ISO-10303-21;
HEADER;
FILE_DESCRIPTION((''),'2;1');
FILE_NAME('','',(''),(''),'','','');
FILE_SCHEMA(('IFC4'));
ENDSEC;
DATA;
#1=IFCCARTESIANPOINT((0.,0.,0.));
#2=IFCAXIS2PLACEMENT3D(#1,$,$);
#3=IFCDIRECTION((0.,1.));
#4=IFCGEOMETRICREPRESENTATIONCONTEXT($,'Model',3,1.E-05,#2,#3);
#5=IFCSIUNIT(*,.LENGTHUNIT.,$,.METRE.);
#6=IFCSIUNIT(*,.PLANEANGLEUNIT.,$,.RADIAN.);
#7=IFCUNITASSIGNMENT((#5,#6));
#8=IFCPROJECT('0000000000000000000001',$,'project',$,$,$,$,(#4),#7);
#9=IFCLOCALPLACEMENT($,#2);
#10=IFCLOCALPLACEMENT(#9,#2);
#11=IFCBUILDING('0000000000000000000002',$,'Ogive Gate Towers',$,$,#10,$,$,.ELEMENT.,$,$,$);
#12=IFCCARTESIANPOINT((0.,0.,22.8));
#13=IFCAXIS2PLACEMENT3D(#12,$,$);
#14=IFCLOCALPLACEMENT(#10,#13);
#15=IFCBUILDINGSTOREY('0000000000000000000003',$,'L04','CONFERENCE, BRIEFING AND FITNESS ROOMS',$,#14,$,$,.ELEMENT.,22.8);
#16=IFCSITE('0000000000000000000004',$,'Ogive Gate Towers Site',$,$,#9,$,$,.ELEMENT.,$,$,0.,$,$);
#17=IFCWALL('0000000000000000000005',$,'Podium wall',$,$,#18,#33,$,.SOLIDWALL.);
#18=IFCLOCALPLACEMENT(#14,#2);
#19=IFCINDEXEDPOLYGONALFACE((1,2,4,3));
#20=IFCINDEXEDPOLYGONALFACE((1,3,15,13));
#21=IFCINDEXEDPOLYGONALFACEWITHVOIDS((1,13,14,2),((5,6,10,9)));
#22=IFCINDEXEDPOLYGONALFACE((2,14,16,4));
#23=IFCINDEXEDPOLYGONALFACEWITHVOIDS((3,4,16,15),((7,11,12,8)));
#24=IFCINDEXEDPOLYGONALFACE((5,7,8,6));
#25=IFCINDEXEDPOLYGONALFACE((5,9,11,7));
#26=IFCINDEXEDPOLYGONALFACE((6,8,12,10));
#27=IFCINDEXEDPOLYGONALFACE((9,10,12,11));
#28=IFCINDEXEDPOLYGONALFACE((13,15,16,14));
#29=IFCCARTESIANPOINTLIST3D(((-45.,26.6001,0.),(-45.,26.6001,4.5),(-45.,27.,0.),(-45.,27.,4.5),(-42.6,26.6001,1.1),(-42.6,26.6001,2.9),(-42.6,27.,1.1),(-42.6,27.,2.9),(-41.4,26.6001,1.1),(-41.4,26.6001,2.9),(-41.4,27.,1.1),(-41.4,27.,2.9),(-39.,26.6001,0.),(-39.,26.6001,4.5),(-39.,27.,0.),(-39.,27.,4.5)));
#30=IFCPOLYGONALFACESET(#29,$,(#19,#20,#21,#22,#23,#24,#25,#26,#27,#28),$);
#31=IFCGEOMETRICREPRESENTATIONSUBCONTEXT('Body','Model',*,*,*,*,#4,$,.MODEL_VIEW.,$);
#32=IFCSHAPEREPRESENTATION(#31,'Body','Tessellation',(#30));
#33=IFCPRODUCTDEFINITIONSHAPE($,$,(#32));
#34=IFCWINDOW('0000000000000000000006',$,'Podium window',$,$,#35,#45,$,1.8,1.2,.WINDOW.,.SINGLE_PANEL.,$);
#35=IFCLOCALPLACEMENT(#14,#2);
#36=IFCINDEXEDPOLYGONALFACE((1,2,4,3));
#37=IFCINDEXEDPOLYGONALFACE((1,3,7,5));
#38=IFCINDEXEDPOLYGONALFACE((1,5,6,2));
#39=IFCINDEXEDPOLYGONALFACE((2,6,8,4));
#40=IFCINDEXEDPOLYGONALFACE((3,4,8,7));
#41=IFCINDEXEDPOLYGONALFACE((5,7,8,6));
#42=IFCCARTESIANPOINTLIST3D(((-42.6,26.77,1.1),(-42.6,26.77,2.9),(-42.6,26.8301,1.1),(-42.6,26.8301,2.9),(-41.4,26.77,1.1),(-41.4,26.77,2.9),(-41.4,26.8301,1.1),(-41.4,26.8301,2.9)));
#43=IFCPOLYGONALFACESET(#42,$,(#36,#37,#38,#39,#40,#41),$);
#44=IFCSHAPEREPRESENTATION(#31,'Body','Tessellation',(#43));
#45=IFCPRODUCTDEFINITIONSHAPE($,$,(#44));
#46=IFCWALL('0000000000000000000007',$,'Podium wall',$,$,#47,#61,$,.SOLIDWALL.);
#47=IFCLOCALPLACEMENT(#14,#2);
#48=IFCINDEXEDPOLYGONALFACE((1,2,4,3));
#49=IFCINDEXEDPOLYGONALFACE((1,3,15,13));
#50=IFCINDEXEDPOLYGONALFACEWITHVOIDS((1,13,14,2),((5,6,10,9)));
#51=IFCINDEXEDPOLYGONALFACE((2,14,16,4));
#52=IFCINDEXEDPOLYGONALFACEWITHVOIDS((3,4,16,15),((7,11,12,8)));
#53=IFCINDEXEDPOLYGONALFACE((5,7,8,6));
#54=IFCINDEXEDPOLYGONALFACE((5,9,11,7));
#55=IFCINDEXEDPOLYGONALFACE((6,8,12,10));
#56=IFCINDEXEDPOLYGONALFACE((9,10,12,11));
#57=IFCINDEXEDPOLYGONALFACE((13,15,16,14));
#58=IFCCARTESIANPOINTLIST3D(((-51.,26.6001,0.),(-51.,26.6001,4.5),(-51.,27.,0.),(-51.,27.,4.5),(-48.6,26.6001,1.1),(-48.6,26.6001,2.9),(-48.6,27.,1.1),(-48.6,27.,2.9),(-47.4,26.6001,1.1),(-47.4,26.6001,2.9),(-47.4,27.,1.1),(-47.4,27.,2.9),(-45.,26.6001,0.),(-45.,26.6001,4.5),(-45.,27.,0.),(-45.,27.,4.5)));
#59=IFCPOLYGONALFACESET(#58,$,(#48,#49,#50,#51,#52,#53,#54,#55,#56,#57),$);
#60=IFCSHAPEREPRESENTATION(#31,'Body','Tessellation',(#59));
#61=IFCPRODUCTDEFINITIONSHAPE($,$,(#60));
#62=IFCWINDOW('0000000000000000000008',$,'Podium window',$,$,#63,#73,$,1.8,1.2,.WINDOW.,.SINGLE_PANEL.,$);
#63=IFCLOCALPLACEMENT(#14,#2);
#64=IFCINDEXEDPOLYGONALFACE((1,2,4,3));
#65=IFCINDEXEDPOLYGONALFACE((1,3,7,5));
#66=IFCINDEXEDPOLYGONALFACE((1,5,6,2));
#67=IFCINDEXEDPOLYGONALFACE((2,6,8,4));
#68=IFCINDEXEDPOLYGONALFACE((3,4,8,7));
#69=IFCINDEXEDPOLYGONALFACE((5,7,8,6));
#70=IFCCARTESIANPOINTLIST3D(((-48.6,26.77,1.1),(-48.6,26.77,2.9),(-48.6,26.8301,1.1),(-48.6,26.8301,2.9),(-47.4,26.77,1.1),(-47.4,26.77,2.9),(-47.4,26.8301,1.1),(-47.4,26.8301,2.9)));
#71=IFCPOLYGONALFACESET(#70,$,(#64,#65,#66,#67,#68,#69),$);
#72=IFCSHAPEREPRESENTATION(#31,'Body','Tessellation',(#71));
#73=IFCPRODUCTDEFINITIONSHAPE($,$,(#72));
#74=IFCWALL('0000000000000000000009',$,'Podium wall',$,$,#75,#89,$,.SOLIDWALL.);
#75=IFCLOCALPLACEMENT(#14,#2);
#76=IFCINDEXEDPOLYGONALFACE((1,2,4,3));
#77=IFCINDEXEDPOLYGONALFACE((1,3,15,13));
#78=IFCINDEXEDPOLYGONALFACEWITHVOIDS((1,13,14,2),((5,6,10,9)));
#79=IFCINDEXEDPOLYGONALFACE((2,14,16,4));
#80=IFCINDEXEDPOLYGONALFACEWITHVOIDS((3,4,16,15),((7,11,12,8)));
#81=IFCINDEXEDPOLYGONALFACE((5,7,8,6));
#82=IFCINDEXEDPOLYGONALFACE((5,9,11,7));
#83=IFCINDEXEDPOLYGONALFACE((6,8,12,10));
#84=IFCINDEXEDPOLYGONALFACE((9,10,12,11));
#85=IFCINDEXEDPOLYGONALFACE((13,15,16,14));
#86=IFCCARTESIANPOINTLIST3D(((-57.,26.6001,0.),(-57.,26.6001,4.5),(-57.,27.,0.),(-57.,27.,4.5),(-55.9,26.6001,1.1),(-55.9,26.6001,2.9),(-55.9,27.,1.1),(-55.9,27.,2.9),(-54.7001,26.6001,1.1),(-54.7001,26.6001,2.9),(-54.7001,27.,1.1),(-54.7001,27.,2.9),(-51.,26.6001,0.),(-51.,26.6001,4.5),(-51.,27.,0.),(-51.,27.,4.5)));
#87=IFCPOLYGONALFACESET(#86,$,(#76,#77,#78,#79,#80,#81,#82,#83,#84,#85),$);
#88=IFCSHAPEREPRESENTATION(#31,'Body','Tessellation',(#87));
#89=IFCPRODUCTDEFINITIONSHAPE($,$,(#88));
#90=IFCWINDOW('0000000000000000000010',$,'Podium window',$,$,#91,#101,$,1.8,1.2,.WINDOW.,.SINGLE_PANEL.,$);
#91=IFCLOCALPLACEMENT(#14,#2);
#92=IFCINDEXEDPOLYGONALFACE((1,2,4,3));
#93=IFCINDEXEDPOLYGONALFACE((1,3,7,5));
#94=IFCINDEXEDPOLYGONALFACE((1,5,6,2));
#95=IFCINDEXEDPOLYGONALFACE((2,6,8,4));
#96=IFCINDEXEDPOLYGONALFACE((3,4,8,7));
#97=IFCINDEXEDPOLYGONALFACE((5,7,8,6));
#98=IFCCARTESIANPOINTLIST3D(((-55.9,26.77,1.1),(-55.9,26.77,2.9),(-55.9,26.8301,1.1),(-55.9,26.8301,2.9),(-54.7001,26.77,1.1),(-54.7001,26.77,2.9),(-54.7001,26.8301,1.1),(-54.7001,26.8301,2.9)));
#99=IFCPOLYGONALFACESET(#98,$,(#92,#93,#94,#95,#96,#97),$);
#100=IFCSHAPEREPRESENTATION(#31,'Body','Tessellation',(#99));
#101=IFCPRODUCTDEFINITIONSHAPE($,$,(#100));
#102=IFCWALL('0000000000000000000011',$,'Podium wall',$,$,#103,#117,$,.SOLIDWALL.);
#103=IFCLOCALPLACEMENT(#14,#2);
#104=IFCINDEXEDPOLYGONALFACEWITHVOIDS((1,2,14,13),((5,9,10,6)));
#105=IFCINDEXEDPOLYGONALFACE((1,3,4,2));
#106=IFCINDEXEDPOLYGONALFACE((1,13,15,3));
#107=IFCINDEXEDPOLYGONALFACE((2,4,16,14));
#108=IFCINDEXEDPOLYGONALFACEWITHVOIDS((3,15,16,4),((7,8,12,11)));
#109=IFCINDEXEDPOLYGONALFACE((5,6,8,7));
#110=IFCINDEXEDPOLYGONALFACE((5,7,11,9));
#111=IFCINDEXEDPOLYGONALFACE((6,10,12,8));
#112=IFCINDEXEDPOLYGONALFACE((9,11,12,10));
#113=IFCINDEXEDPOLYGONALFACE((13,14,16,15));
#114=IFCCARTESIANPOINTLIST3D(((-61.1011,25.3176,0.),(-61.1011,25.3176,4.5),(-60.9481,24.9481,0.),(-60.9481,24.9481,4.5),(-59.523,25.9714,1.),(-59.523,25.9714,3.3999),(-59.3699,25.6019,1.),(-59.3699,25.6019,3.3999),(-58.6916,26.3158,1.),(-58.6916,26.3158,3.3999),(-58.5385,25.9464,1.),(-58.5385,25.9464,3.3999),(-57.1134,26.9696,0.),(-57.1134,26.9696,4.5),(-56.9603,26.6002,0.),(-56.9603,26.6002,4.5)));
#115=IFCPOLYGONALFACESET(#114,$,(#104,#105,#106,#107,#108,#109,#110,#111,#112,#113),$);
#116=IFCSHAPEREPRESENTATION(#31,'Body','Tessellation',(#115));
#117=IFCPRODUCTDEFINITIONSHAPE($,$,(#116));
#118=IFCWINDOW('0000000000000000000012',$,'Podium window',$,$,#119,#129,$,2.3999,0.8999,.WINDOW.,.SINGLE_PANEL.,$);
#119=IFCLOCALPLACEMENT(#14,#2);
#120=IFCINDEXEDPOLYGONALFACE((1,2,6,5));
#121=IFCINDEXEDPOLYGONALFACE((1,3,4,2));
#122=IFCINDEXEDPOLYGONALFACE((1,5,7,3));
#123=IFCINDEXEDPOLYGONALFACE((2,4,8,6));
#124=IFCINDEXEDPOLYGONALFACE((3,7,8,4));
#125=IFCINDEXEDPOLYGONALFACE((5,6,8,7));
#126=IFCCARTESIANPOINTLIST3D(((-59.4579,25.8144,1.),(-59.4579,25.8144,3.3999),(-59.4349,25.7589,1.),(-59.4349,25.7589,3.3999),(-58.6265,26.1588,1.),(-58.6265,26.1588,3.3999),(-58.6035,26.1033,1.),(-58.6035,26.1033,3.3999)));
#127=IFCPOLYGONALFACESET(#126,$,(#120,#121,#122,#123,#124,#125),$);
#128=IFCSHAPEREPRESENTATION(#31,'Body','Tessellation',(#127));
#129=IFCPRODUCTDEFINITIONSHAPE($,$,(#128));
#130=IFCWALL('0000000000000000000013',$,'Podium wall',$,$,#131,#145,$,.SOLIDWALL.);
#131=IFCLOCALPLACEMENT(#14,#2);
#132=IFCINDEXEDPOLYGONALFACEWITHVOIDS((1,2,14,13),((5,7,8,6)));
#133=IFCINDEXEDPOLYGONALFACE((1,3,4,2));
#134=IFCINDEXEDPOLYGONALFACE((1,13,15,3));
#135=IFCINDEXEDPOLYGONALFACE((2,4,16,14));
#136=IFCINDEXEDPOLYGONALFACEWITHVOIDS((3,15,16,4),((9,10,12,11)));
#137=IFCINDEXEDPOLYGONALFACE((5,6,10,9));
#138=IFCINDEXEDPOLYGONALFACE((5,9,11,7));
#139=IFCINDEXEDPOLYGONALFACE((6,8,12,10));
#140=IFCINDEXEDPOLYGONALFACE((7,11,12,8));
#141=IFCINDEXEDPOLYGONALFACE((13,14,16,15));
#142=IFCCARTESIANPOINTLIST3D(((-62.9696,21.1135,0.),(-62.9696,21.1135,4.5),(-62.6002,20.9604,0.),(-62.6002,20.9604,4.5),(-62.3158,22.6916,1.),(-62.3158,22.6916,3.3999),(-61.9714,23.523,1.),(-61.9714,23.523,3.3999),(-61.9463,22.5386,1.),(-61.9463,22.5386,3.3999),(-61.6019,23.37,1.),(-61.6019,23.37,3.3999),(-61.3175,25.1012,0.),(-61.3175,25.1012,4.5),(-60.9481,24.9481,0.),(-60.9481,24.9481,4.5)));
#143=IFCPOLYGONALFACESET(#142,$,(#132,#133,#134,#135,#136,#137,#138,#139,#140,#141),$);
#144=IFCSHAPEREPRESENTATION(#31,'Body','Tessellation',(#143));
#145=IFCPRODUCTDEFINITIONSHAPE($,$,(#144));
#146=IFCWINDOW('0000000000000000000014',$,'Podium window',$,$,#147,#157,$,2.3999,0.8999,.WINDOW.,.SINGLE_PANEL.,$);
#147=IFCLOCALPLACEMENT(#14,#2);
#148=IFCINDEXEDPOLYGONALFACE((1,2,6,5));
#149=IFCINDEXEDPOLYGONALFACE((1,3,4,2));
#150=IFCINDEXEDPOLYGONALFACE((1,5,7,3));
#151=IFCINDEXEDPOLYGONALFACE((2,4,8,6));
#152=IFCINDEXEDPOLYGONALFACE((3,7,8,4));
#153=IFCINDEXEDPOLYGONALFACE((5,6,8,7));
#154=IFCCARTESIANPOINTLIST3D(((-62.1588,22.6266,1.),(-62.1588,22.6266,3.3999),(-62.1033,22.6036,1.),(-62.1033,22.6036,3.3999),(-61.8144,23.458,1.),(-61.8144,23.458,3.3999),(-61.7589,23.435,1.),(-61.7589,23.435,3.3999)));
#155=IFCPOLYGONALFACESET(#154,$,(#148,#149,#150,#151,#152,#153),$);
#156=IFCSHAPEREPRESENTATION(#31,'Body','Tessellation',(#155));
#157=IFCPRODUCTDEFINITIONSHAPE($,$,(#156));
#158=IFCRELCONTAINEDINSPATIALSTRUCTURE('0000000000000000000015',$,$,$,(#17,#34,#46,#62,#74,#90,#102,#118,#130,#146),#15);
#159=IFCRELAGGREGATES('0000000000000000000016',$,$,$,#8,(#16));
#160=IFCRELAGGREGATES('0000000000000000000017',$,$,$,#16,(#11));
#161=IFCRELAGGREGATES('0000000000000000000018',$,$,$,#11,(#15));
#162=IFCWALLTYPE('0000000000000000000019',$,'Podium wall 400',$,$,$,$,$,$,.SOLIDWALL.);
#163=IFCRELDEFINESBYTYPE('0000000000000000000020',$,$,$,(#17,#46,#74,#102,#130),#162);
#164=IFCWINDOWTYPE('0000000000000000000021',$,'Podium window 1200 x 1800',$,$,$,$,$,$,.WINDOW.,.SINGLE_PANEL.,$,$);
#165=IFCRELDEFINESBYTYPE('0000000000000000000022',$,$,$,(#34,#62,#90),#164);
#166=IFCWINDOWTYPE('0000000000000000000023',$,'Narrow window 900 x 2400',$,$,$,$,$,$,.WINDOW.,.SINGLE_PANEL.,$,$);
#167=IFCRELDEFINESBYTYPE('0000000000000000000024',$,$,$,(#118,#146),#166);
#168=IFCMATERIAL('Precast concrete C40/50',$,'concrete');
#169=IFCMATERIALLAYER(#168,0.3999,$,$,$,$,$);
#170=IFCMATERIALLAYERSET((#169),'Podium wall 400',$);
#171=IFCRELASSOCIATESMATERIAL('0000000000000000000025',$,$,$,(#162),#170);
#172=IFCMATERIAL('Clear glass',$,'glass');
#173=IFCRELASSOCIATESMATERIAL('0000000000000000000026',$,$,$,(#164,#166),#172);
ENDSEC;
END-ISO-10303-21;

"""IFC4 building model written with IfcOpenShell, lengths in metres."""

from ifc_helpers import new_model, si_unit, direction, frame, frame_2d, origin, place, context, subcontext, project, spatial, rectangle, extrude, material, layer, layer_set, type_object, element, fill, save


model = new_model("IFC4")

# Units and contexts
model_context = context("Model", 3, precision=1e-05, world=origin(), true_north=direction((0.0, 1.0)))
body_context = subcontext(model_context, "Body", "Model", "MODEL_VIEW")
ifc_project = project(units=[si_unit("LENGTHUNIT", "METRE"), si_unit("PLANEANGLEUNIT", "RADIAN")], contexts=[model_context])

# Site, building, storey
site_placement = place(None, origin())
site = spatial("IfcSite", under=ifc_project, at=site_placement, Name="Ogive Gate Towers Site", CompositionType="ELEMENT", RefElevation=0.0)
building_placement = place(site_placement, origin())
building = spatial("IfcBuilding", under=site, at=building_placement, Name="Ogive Gate Towers", CompositionType="ELEMENT")
storey_placement = place(building_placement, frame((0.0, 0.0, 22.8)))
storey = spatial("IfcBuildingStorey", under=building, at=storey_placement, Name="L04", Description="CONFERENCE, BRIEFING AND FITNESS ROOMS", CompositionType="ELEMENT", Elevation=22.8)

# Walls, openings, windows
ifc_material_1 = material(Name="Precast concrete C40/50", Category="concrete")
ifc_layer_1 = layer(ifc_material_1, 0.3999)
ifc_layer_set_1 = layer_set([ifc_layer_1], Name="Podium wall 400")
wall_type_1 = type_object("IfcWallType", Name="Podium wall 400", PredefinedType="SOLIDWALL", material=ifc_layer_set_1)
wall_1_placement = place(storey_placement, frame((-39.0, 26.8, 0.0), z_axis=(0.0, 0.0, 1.0), x_axis=(-1.0, 0.0, 0.0)))
wall_1 = element("IfcWall", 1, at=wall_1_placement, inside=storey, type_object=wall_type_1, Name="Podium wall", PredefinedType="SOLIDWALL", context=body_context, shape_type="SweptSolid", body=[
    extrude(rectangle(XDim=6.0, YDim=0.3999, at=frame_2d((3.0, 0.0))), origin(), (0.0, 0.0, 1.0), 4.5),
])
opening_1_placement = place(wall_1_placement, frame((2.3999, 0.0, 1.1001)))
opening_1 = element("IfcOpeningElement", 2, at=opening_1_placement, cuts=wall_1, PredefinedType="OPENING", context=body_context, shape_type="SweptSolid", body=[
    extrude(rectangle(XDim=1.2, YDim=1.8, at=frame_2d((0.6001, 0.8999))), frame((0.0, 0.21, 0.0), z_axis=(0.0, -1.0, 0.0), x_axis=(1.0, 0.0, 0.0)), (0.0, 0.0, 1.0), 0.4199),
])
ifc_material_2 = material(Name="Clear glass", Category="glass")
window_type_1 = type_object("IfcWindowType", Name="Podium window 1200 x 1800", PartitioningType="SINGLE_PANEL", PredefinedType="WINDOW", material=ifc_material_2)
window_1_placement = place(opening_1_placement, origin())
window_1 = element("IfcWindow", 3, at=window_1_placement, inside=storey, type_object=window_type_1, Name="Podium window", OverallHeight=1.8, OverallWidth=1.2, PartitioningType="SINGLE_PANEL", PredefinedType="WINDOW", context=body_context, shape_type="SweptSolid", body=[
    extrude(rectangle(XDim=1.2, YDim=1.8, at=frame_2d((0.6001, 0.8999))), frame((0.0, 0.03, 0.0), z_axis=(0.0, -1.0, 0.0), x_axis=(1.0, 0.0, 0.0)), (0.0, 0.0, 1.0), 0.0601),
])
fill(opening_1, window_1)
wall_2_placement = place(storey_placement, frame((-45.0, 26.8, 0.0), z_axis=(0.0, 0.0, 1.0), x_axis=(-1.0, 0.0, 0.0)))
wall_2 = element("IfcWall", 4, at=wall_2_placement, inside=storey, type_object=wall_type_1, Name="Podium wall", PredefinedType="SOLIDWALL", context=body_context, shape_type="SweptSolid", body=[
    extrude(rectangle(XDim=6.0, YDim=0.3999, at=frame_2d((3.0, 0.0))), origin(), (0.0, 0.0, 1.0), 4.5),
])
opening_2_placement = place(wall_2_placement, frame((2.3999, 0.0, 1.1001)))
opening_2 = element("IfcOpeningElement", 5, at=opening_2_placement, cuts=wall_2, PredefinedType="OPENING", context=body_context, shape_type="SweptSolid", body=[
    extrude(rectangle(XDim=1.2, YDim=1.8, at=frame_2d((0.6001, 0.8999))), frame((0.0, 0.21, 0.0), z_axis=(0.0, -1.0, 0.0), x_axis=(1.0, 0.0, 0.0)), (0.0, 0.0, 1.0), 0.4199),
])
window_2_placement = place(opening_2_placement, origin())
window_2 = element("IfcWindow", 6, at=window_2_placement, inside=storey, type_object=window_type_1, Name="Podium window", OverallHeight=1.8, OverallWidth=1.2, PartitioningType="SINGLE_PANEL", PredefinedType="WINDOW", context=body_context, shape_type="SweptSolid", body=[
    extrude(rectangle(XDim=1.2, YDim=1.8, at=frame_2d((0.6001, 0.8999))), frame((0.0, 0.03, 0.0), z_axis=(0.0, -1.0, 0.0), x_axis=(1.0, 0.0, 0.0)), (0.0, 0.0, 1.0), 0.0601),
])
fill(opening_2, window_2)
wall_3_placement = place(storey_placement, frame((-51.0, 26.8, 0.0), z_axis=(0.0, 0.0, 1.0), x_axis=(-1.0, 0.0, 0.0)))
wall_3 = element("IfcWall", 7, at=wall_3_placement, inside=storey, type_object=wall_type_1, Name="Podium wall", PredefinedType="SOLIDWALL", context=body_context, shape_type="SweptSolid", body=[
    extrude(rectangle(XDim=6.0, YDim=0.3999, at=frame_2d((3.0, 0.0))), origin(), (0.0, 0.0, 1.0), 4.5),
])
opening_3_placement = place(wall_3_placement, frame((3.7, 0.0, 1.1001)))
opening_3 = element("IfcOpeningElement", 8, at=opening_3_placement, cuts=wall_3, PredefinedType="OPENING", context=body_context, shape_type="SweptSolid", body=[
    extrude(rectangle(XDim=1.2, YDim=1.8, at=frame_2d((0.6001, 0.8999))), frame((0.0, 0.21, 0.0), z_axis=(0.0, -1.0, 0.0), x_axis=(1.0, 0.0, 0.0)), (0.0, 0.0, 1.0), 0.4199),
])
window_3_placement = place(opening_3_placement, origin())
window_3 = element("IfcWindow", 9, at=window_3_placement, inside=storey, type_object=window_type_1, Name="Podium window", OverallHeight=1.8, OverallWidth=1.2, PartitioningType="SINGLE_PANEL", PredefinedType="WINDOW", context=body_context, shape_type="SweptSolid", body=[
    extrude(rectangle(XDim=1.2, YDim=1.8, at=frame_2d((0.6001, 0.8999))), frame((0.0, 0.03, 0.0), z_axis=(0.0, -1.0, 0.0), x_axis=(1.0, 0.0, 0.0)), (0.0, 0.0, 1.0), 0.0601),
])
fill(opening_3, window_3)
wall_4_placement = place(storey_placement, frame((-57.0369, 26.7849, 0.0), z_axis=(0.0, 0.0, 1.0), x_axis=(-0.923855, -0.382743, 0.0)))
wall_4 = element("IfcWall", 10, at=wall_4_placement, inside=storey, type_object=wall_type_1, Name="Podium wall", PredefinedType="SOLIDWALL", context=body_context, shape_type="SweptSolid", body=[
    extrude(rectangle(XDim=4.3164, YDim=0.3999, at=frame_2d((2.1582, 0.0))), origin(), (0.0, 0.0, 1.0), 4.5),
])
opening_4_placement = place(wall_4_placement, frame((1.7083, 0.0, 1.0)))
opening_4 = element("IfcOpeningElement", 11, at=opening_4_placement, cuts=wall_4, PredefinedType="OPENING", context=body_context, shape_type="SweptSolid", body=[
    extrude(rectangle(XDim=0.8999, YDim=2.3999, at=frame_2d((0.45, 1.2))), frame((0.0, 0.21, 0.0), z_axis=(0.0, -1.0, 0.0), x_axis=(1.0, 0.0, 0.0)), (0.0, 0.0, 1.0), 0.4199),
])
window_type_2 = type_object("IfcWindowType", Name="Narrow window 900 x 2400", PartitioningType="SINGLE_PANEL", PredefinedType="WINDOW", material=ifc_material_2)
window_4_placement = place(opening_4_placement, origin())
window_4 = element("IfcWindow", 12, at=window_4_placement, inside=storey, type_object=window_type_2, Name="Podium window", OverallHeight=2.3999, OverallWidth=0.8999, PartitioningType="SINGLE_PANEL", PredefinedType="WINDOW", context=body_context, shape_type="SweptSolid", body=[
    extrude(rectangle(XDim=0.8999, YDim=2.3999, at=frame_2d((0.45, 1.2))), frame((0.0, 0.03, 0.0), z_axis=(0.0, -1.0, 0.0), x_axis=(1.0, 0.0, 0.0)), (0.0, 0.0, 1.0), 0.0601),
])
fill(opening_4, window_4)
wall_5_placement = place(storey_placement, frame((-61.1328, 25.0247, 0.0), z_axis=(0.0, 0.0, 1.0), x_axis=(-0.382743, -0.923855, 0.0)))
wall_5 = element("IfcWall", 13, at=wall_5_placement, inside=storey, type_object=wall_type_1, Name="Podium wall", PredefinedType="SOLIDWALL", context=body_context, shape_type="SweptSolid", body=[
    extrude(rectangle(XDim=4.3164, YDim=0.3999, at=frame_2d((2.1582, 0.0))), origin(), (0.0, 0.0, 1.0), 4.5),
])
opening_5_placement = place(wall_5_placement, frame((1.7083, 0.0, 1.0)))
opening_5 = element("IfcOpeningElement", 14, at=opening_5_placement, cuts=wall_5, PredefinedType="OPENING", context=body_context, shape_type="SweptSolid", body=[
    extrude(rectangle(XDim=0.8999, YDim=2.3999, at=frame_2d((0.45, 1.2))), frame((0.0, 0.21, 0.0), z_axis=(0.0, -1.0, 0.0), x_axis=(1.0, 0.0, 0.0)), (0.0, 0.0, 1.0), 0.4199),
])
window_5_placement = place(opening_5_placement, origin())
window_5 = element("IfcWindow", 15, at=window_5_placement, inside=storey, type_object=window_type_2, Name="Podium window", OverallHeight=2.3999, OverallWidth=0.8999, PartitioningType="SINGLE_PANEL", PredefinedType="WINDOW", context=body_context, shape_type="SweptSolid", body=[
    extrude(rectangle(XDim=0.8999, YDim=2.3999, at=frame_2d((0.45, 1.2))), frame((0.0, 0.03, 0.0), z_axis=(0.0, -1.0, 0.0), x_axis=(1.0, 0.0, 0.0)), (0.0, 0.0, 1.0), 0.0601),
])
fill(opening_5, window_5)

save(model, "model.ifc")
